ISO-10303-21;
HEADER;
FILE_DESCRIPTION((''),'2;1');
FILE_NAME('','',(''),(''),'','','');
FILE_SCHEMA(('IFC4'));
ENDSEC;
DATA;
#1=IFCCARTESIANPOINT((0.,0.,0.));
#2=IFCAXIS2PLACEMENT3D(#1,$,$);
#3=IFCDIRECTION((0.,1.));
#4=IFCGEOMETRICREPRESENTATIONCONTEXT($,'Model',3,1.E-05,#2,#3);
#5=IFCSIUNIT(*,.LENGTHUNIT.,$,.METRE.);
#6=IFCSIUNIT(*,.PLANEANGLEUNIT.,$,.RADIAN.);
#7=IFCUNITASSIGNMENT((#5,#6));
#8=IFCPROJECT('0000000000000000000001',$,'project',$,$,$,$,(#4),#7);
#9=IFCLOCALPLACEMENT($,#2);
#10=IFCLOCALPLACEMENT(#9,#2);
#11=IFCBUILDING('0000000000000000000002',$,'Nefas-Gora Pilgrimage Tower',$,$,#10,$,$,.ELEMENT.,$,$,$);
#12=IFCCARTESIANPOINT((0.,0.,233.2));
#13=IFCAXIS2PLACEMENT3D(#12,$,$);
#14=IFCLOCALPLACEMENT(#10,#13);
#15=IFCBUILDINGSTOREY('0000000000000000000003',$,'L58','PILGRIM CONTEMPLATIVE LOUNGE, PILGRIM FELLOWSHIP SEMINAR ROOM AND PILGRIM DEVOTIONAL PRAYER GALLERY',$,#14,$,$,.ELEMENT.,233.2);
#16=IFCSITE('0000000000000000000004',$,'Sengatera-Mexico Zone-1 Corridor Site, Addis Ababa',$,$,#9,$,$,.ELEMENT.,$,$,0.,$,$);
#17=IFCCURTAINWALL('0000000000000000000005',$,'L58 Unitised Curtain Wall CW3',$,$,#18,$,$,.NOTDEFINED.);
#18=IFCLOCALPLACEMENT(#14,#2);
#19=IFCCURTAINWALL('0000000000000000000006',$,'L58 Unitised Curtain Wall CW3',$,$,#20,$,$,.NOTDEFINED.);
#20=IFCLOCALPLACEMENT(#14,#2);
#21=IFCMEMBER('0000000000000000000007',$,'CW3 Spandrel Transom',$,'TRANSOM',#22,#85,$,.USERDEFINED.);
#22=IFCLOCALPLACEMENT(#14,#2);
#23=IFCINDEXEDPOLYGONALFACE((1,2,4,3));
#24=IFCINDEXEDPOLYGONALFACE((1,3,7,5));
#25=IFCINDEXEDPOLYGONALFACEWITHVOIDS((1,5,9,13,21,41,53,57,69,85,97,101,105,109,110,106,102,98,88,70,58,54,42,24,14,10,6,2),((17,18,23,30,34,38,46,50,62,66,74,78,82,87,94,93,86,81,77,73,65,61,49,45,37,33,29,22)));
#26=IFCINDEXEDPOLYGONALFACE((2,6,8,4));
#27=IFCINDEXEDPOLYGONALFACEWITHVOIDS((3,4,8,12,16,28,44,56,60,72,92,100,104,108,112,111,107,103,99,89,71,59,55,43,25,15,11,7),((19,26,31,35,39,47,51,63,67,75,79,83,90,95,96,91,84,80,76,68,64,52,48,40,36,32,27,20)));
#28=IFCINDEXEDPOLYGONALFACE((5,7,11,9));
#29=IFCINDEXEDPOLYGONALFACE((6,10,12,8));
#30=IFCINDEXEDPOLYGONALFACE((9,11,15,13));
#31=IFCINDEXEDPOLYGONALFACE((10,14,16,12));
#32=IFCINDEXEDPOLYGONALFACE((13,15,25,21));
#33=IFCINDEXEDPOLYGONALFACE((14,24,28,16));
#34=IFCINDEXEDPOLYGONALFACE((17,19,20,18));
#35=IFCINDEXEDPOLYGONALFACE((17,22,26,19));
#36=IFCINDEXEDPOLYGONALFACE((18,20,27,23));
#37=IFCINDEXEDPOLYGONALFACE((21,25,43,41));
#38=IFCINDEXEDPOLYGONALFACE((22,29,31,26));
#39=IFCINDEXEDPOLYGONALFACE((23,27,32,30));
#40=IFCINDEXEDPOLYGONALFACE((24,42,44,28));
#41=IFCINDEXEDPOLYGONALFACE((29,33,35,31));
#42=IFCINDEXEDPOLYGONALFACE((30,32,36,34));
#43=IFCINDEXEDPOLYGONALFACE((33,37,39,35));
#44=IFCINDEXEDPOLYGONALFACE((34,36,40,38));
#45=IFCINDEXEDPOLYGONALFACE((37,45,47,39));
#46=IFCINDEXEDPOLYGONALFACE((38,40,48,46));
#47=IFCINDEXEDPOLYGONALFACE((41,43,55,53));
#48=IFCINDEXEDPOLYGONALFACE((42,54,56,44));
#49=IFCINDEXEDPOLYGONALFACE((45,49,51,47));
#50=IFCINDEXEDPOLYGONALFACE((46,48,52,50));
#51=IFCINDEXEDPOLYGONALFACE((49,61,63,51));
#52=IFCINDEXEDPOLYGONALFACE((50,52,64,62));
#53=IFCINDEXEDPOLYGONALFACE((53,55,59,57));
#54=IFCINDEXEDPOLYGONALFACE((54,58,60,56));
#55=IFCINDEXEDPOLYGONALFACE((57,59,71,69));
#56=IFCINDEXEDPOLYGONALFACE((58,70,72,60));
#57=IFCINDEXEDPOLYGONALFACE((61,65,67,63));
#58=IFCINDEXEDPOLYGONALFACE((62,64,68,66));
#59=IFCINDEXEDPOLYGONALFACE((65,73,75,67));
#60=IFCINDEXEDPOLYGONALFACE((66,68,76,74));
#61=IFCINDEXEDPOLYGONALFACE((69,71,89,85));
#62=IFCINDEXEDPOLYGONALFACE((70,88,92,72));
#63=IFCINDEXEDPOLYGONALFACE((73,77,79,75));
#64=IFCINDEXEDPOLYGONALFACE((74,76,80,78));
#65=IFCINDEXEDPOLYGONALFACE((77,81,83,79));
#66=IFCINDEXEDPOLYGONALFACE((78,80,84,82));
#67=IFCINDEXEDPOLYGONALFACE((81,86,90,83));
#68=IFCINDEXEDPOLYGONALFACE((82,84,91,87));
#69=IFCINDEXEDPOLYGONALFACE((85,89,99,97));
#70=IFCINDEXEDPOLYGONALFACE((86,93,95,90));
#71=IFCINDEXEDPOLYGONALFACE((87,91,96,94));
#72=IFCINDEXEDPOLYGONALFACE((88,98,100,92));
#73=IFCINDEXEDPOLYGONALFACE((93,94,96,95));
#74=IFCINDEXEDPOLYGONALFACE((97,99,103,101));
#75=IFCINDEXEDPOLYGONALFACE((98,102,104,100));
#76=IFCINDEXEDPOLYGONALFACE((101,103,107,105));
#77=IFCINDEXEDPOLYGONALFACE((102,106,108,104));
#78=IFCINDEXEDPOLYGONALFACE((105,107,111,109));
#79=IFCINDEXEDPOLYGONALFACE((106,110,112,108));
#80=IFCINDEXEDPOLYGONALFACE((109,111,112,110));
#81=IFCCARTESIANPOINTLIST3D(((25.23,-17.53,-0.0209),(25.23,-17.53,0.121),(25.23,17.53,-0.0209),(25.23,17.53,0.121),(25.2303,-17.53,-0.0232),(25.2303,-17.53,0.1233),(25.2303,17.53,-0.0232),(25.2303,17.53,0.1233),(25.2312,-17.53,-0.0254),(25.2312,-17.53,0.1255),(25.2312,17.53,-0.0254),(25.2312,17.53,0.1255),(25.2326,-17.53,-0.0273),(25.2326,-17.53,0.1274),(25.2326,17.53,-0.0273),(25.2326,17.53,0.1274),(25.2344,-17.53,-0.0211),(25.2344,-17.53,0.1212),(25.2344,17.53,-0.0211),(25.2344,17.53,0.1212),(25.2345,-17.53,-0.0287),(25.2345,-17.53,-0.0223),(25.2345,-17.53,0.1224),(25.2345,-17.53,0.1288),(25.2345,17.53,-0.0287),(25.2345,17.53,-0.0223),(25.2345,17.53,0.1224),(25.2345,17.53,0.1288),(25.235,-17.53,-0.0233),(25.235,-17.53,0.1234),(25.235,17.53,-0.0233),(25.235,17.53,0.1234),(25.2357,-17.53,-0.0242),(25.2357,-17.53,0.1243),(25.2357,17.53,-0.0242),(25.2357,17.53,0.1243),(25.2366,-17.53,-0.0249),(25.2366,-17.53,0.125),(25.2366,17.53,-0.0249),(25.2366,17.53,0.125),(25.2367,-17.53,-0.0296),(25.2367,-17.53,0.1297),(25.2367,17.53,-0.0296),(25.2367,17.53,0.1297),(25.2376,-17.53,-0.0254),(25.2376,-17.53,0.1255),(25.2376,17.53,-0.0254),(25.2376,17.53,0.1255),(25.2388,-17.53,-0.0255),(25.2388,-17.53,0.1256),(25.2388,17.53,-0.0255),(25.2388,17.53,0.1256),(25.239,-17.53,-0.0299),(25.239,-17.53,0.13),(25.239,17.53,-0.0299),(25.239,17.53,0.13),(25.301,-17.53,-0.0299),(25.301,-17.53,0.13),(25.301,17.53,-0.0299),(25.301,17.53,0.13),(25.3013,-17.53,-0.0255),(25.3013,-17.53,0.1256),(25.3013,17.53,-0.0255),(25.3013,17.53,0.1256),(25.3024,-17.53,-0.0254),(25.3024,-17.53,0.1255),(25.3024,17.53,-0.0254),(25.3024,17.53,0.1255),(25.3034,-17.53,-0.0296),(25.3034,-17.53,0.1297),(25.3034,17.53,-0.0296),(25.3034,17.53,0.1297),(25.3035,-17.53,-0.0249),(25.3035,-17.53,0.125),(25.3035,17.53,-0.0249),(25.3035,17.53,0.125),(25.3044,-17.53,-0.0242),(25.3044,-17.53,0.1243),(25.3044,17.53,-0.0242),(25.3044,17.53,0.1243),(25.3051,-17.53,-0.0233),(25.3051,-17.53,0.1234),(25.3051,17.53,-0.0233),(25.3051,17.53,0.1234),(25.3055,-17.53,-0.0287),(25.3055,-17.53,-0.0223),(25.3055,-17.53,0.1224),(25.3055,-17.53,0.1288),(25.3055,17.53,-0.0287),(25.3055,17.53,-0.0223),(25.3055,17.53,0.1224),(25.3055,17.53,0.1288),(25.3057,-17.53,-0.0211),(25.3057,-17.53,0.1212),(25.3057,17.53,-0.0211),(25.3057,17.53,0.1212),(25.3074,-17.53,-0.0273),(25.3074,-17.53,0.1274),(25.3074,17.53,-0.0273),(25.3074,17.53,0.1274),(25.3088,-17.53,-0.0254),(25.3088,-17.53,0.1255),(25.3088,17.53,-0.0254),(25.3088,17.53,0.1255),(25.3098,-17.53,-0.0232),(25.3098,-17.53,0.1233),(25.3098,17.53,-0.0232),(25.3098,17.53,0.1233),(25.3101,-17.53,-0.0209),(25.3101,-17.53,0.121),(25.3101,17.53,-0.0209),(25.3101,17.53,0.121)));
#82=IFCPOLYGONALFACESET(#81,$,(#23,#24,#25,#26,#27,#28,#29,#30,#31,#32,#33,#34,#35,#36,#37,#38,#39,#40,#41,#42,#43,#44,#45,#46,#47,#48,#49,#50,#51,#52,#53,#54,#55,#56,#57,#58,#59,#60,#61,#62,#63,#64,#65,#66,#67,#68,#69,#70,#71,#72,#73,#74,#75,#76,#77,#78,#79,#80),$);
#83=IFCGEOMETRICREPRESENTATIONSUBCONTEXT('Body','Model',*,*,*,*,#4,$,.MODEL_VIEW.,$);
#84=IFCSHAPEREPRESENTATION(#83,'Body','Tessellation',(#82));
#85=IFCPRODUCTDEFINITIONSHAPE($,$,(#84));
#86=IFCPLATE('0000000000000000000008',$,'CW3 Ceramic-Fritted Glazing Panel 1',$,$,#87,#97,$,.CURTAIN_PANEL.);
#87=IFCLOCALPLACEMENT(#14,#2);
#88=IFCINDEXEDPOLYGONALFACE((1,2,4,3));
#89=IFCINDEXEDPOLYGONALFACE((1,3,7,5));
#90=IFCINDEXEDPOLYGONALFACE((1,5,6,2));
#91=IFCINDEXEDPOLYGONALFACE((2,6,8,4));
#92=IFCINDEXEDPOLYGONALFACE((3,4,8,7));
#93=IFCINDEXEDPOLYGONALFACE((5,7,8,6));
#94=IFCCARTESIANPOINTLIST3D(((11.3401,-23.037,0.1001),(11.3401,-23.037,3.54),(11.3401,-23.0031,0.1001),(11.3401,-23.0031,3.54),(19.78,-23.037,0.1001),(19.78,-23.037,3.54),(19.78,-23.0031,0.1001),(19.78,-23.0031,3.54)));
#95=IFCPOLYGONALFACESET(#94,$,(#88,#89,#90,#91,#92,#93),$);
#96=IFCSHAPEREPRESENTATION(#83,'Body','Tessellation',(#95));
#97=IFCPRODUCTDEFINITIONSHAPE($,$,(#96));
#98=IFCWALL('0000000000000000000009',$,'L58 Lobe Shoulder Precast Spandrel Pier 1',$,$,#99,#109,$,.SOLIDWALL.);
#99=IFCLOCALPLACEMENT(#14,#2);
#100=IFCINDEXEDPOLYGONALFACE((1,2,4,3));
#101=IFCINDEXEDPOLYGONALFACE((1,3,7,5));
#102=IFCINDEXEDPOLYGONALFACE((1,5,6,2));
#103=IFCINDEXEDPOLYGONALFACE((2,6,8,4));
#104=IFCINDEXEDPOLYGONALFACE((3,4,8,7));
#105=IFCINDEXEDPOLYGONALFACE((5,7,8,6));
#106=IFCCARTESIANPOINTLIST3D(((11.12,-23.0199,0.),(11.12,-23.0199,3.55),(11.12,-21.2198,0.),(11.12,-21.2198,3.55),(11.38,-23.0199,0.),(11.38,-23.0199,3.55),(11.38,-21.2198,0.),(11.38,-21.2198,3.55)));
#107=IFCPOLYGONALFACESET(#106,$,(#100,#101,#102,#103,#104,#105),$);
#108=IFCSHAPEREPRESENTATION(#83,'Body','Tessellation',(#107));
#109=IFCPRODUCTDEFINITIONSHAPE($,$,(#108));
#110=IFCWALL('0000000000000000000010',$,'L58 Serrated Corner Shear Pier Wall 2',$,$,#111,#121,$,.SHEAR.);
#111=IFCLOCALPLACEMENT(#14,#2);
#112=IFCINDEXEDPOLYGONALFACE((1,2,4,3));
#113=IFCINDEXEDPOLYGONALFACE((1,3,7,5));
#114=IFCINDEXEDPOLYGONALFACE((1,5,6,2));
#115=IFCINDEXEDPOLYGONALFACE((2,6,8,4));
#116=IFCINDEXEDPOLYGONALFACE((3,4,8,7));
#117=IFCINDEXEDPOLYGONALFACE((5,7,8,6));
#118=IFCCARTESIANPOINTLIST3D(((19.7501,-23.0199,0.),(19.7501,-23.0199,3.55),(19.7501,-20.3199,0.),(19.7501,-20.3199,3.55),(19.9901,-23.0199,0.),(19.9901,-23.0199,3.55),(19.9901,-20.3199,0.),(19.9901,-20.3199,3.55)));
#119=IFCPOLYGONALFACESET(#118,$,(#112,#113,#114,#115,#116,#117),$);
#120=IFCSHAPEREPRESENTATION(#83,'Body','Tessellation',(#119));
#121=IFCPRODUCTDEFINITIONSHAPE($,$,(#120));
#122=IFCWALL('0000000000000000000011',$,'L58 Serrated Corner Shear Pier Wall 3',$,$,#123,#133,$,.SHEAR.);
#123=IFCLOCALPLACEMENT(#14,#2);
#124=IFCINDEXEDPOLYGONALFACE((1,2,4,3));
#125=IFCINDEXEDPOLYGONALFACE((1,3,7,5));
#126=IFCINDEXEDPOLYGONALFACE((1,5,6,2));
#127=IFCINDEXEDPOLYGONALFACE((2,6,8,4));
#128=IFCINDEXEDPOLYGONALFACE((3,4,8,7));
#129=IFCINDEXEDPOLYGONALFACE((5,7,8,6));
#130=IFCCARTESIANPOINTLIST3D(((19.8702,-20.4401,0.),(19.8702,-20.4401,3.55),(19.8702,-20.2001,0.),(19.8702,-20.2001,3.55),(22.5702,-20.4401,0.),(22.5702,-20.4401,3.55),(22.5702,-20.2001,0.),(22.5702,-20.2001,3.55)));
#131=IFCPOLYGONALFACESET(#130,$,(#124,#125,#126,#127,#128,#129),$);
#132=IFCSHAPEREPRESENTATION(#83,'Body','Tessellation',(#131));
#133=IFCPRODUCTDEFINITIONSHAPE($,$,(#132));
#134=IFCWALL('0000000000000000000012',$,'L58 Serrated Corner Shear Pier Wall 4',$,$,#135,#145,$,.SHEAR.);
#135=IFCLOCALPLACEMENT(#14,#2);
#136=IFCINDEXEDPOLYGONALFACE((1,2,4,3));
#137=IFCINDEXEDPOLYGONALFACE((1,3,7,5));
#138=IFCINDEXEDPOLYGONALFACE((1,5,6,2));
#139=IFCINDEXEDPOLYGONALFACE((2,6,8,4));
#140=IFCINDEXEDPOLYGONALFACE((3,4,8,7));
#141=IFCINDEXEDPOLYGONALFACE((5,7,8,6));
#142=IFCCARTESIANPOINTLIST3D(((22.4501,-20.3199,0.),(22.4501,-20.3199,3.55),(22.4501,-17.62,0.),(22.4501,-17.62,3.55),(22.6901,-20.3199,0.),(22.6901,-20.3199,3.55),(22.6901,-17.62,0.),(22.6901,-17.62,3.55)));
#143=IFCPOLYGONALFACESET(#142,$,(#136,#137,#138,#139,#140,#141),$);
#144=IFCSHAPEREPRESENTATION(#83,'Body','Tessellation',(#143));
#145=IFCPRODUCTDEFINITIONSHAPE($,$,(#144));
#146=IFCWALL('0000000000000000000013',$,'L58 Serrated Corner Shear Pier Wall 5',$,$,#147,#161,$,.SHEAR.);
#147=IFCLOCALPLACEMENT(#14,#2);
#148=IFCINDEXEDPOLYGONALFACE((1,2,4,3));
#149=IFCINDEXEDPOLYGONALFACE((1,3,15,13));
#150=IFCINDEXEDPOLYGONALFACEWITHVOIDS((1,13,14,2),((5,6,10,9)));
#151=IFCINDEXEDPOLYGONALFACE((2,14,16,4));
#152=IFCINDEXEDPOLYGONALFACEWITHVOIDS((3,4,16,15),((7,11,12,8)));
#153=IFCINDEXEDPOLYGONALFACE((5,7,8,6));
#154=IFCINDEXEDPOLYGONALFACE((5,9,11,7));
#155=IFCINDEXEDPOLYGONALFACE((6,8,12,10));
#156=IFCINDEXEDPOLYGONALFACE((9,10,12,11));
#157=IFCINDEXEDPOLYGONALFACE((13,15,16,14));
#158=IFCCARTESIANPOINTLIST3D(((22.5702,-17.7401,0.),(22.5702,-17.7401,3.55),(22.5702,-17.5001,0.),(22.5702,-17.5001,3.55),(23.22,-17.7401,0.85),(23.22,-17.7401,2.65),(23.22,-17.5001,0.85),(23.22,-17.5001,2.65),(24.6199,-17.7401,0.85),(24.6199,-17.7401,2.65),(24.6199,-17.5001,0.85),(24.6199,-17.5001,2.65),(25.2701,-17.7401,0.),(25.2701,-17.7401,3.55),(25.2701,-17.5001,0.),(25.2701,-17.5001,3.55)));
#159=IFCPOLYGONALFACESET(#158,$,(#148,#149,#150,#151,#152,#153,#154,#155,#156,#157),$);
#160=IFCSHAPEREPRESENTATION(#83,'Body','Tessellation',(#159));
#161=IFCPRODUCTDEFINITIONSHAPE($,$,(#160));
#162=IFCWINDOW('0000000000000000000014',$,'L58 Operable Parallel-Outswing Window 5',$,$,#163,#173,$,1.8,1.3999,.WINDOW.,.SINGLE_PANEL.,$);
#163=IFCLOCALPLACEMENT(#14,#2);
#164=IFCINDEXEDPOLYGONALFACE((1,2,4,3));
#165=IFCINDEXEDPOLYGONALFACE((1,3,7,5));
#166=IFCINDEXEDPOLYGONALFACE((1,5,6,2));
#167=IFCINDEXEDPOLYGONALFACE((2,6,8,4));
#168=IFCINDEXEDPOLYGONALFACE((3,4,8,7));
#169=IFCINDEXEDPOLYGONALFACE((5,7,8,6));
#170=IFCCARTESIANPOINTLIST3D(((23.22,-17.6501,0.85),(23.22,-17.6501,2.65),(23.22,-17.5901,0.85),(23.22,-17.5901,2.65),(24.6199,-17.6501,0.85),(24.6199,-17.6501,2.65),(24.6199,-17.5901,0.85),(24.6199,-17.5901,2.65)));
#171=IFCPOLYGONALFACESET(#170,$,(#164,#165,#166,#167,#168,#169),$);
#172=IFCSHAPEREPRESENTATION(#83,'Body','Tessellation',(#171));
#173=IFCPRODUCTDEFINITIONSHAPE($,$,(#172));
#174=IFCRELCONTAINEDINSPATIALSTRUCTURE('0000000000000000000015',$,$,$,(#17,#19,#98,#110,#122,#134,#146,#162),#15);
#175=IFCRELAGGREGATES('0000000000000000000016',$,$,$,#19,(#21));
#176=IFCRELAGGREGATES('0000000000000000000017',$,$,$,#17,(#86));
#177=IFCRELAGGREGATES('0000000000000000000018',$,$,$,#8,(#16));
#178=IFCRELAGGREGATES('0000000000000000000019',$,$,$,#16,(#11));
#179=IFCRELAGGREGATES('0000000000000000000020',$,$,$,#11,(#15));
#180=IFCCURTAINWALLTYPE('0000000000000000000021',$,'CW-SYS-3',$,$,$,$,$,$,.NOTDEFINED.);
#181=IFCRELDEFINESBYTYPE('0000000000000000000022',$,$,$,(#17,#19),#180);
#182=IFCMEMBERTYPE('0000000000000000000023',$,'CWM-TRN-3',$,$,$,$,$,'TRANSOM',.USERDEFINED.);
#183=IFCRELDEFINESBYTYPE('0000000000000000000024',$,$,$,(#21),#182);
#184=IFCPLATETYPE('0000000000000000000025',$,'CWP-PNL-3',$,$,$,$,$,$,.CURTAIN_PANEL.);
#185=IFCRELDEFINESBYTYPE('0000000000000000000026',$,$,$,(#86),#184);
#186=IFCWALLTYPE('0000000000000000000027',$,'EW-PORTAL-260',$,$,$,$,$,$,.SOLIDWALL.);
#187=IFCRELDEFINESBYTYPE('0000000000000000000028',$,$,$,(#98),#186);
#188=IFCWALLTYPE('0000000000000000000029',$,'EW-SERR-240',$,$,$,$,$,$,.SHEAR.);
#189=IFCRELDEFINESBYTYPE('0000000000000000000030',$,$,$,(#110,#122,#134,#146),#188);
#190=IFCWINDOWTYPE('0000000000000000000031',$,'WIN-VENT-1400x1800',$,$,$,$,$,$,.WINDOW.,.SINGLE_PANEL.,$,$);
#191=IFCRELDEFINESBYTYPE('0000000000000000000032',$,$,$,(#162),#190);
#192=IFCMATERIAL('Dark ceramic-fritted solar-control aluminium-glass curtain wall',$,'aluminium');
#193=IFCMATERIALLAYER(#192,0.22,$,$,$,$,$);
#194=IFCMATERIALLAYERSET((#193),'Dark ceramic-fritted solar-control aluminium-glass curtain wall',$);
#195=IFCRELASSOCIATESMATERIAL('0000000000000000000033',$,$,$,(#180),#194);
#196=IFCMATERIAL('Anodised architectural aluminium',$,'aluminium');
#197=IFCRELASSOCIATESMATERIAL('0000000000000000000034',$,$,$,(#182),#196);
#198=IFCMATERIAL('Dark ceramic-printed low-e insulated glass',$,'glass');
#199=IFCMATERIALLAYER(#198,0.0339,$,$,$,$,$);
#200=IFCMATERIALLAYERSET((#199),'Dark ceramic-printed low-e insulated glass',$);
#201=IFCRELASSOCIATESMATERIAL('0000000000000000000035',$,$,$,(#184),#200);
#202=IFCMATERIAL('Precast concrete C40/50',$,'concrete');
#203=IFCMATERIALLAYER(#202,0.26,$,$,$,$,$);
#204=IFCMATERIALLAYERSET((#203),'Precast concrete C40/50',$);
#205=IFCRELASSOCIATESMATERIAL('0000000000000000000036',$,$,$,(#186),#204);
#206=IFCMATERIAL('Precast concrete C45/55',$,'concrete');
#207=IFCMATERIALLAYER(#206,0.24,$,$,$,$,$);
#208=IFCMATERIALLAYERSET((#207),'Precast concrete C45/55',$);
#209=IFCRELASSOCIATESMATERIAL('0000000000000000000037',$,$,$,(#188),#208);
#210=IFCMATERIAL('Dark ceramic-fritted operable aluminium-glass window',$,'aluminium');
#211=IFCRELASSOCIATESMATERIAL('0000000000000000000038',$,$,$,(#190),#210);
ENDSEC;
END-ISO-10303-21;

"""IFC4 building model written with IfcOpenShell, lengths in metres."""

from ifc_helpers import new_model, si_unit, direction, frame, frame_2d, origin, origin_2d, place, context, subcontext, project, spatial, rectangle, hollow_rectangle, extrude, source, transform, mapped, material, layer, layer_set, material_profile, profile_set, type_object, element, fill, aggregate, save


model = new_model("IFC4")

# Units and contexts
model_context = context("Model", 3, precision=1e-05, world=origin(), true_north=direction((0.0, 1.0)))
body_context = subcontext(model_context, "Body", "Model", "MODEL_VIEW")
ifc_project = project(units=[si_unit("LENGTHUNIT", "METRE"), si_unit("PLANEANGLEUNIT", "RADIAN")], contexts=[model_context])

# Site, building, storey
site_placement = place(None, origin())
site = spatial("IfcSite", under=ifc_project, at=site_placement, Name="Sengatera-Mexico Zone-1 Corridor Site, Addis Ababa", CompositionType="ELEMENT", RefElevation=0.0)
building_placement = place(site_placement, origin())
building = spatial("IfcBuilding", under=site, at=building_placement, Name="Nefas-Gora Pilgrimage Tower", CompositionType="ELEMENT")
storey_placement = place(building_placement, frame((0.0, 0.0, 233.2)))
storey = spatial("IfcBuildingStorey", under=building, at=storey_placement, Name="L58", Description="PILGRIM CONTEMPLATIVE LOUNGE, PILGRIM FELLOWSHIP SEMINAR ROOM AND PILGRIM DEVOTIONAL PRAYER GALLERY", CompositionType="ELEMENT", Elevation=233.2)

# Curtain wall
ifc_material_1 = material(Name="Dark ceramic-fritted solar-control aluminium-glass curtain wall", Category="aluminium")
ifc_layer_1 = layer(ifc_material_1, 0.22)
ifc_layer_set_1 = layer_set([ifc_layer_1], Name="Dark ceramic-fritted solar-control aluminium-glass curtain wall")
curtain_wall_type = type_object("IfcCurtainWallType", Name="CW-SYS-3", PredefinedType="NOTDEFINED", material=ifc_layer_set_1)
curtain_wall_1_placement = place(storey_placement, origin())
curtain_wall_1 = element("IfcCurtainWall", 1, at=curtain_wall_1_placement, inside=storey, type_object=curtain_wall_type, Name="L58 Unitised Curtain Wall CW3", PredefinedType="NOTDEFINED")
ifc_material_2 = material(Name="Anodised architectural aluminium", Category="aluminium")

# Curtain wall
curtain_wall_2_placement = place(storey_placement, origin())
curtain_wall_2 = element("IfcCurtainWall", 2, at=curtain_wall_2_placement, inside=storey, type_object=curtain_wall_type, Name="L58 Unitised Curtain Wall CW3", PredefinedType="NOTDEFINED")

# Member
ifc_material_profile_1 = material_profile(ifc_material_2, hollow_rectangle(XDim=0.0801, YDim=0.1599, WallThickness=0.0044, InnerFilletRadius=0.0044, OuterFilletRadius=0.009, at=origin_2d()), Name="ALU TRANSOM 80x160")
ifc_profile_set_1 = profile_set([ifc_material_profile_1], Name="Anodised architectural aluminium")
member_type_1 = type_object("IfcMemberType", Name="CWM-TRN-3", ElementType="TRANSOM", PredefinedType="USERDEFINED", material=ifc_profile_set_1)
shared_shape_1 = source(origin(), body_context, "Body", "SweptSolid", [
    extrude(hollow_rectangle(XDim=0.0801, YDim=0.1599, WallThickness=0.0044, InnerFilletRadius=0.0044, OuterFilletRadius=0.009, at=origin_2d()), origin(), (0.0, 0.0, 1.0), 35.0601),
])
member_1_placement = place(storey_placement, frame((25.27, -17.53, 0.05), z_axis=(0.0, 1.0, 0.0), x_axis=(-1.0, 0.0, 0.0)))
member_1 = element("IfcMember", 3, at=member_1_placement, type_object=member_type_1, Name="CW3 Spandrel Transom", ObjectType="TRANSOM", PredefinedType="USERDEFINED", context=body_context, shape_type="MappedRepresentation", body=[
    mapped(shared_shape_1, transform((0.0, 0.0, 0.0), x_axis=(1.0, 0.0, 0.0), y_axis=(0.0, 1.0, 0.0), z_axis=(0.0, 0.0, 1.0), scale=1.0)),
])
aggregate(curtain_wall_2, [member_1])

# Plate
ifc_material_3 = material(Name="Dark ceramic-printed low-e insulated glass", Category="glass")
ifc_layer_2 = layer(ifc_material_3, 0.0339)
ifc_layer_set_2 = layer_set([ifc_layer_2], Name="Dark ceramic-printed low-e insulated glass")
plate_type = type_object("IfcPlateType", Name="CWP-PNL-3", PredefinedType="CURTAIN_PANEL", material=ifc_layer_set_2)
shared_shape_2 = source(origin(), body_context, "Body", "SweptSolid", [
    extrude(rectangle(XDim=8.4399, YDim=0.0339, at=origin_2d()), origin(), (0.0, 0.0, 1.0), 3.4399),
])
plate_placement = place(storey_placement, frame((15.5601, -23.02, 0.1001), z_axis=(0.0, 0.0, 1.0), x_axis=(1.0, 0.0, 0.0)))
plate = element("IfcPlate", 4, at=plate_placement, type_object=plate_type, Name="CW3 Ceramic-Fritted Glazing Panel 1", PredefinedType="CURTAIN_PANEL", context=body_context, shape_type="MappedRepresentation", body=[
    mapped(shared_shape_2, transform((0.0, 0.0, 0.0), x_axis=(1.0, 0.0, 0.0), y_axis=(0.0, 1.0, 0.0), z_axis=(0.0, 0.0, 1.0), scale=1.0)),
])
aggregate(curtain_wall_1, [plate])

# Walls
ifc_material_4 = material(Name="Precast concrete C40/50", Category="concrete")
ifc_layer_3 = layer(ifc_material_4, 0.26)
ifc_layer_set_3 = layer_set([ifc_layer_3], Name="Precast concrete C40/50")
wall_type_1 = type_object("IfcWallType", Name="EW-PORTAL-260", PredefinedType="SOLIDWALL", material=ifc_layer_set_3)
shared_shape_3 = source(origin(), body_context, "Body", "SweptSolid", [
    extrude(rectangle(XDim=1.8, YDim=0.26, at=frame_2d((0.8999, 0.0))), origin(), (0.0, 0.0, 1.0), 3.55),
])
wall_1_placement = place(storey_placement, frame((11.25, -21.22, 0.0), z_axis=(0.0, 0.0, 1.0), x_axis=(0.0, -1.0, 0.0)))
element("IfcWall", 5, at=wall_1_placement, inside=storey, type_object=wall_type_1, Name="L58 Lobe Shoulder Precast Spandrel Pier 1", PredefinedType="SOLIDWALL", context=body_context, shape_type="MappedRepresentation", body=[
    mapped(shared_shape_3, transform((0.0, 0.0, 0.0), x_axis=(1.0, 0.0, 0.0), y_axis=(0.0, 1.0, 0.0), z_axis=(0.0, 0.0, 1.0), scale=1.0)),
])
ifc_material_5 = material(Name="Precast concrete C45/55", Category="concrete")
ifc_layer_4 = layer(ifc_material_5, 0.24)
ifc_layer_set_4 = layer_set([ifc_layer_4], Name="Precast concrete C45/55")
wall_type_2 = type_object("IfcWallType", Name="EW-SERR-240", PredefinedType="SHEAR", material=ifc_layer_set_4)
shared_shape_4 = source(origin(), body_context, "Body", "SweptSolid", [
    extrude(rectangle(XDim=2.7, YDim=0.24, at=frame_2d((1.3501, 0.0))), origin(), (0.0, 0.0, 1.0), 3.55),
])
for number, where, z_axis, x_axis, name in (
    (6, (19.8701, -23.02, 0.0), (0.0, 0.0, 1.0), (0.0, 1.0, 0.0), "L58 Serrated Corner Shear Pier Wall 2"),
    (7, (19.8701, -20.3201, 0.0), (0.0, 0.0, 1.0), (1.0, 0.0, 0.0), "L58 Serrated Corner Shear Pier Wall 3"),
    (8, (22.5701, -20.3201, 0.0), (0.0, 0.0, 1.0), (0.0, 1.0, 0.0), "L58 Serrated Corner Shear Pier Wall 4"),
):
    element("IfcWall", number, at=place(storey_placement, frame(where, z_axis=z_axis, x_axis=x_axis)), inside=storey, type_object=wall_type_2, Name=name, PredefinedType="SHEAR", context=body_context, shape_type="MappedRepresentation", body=[
        mapped(shared_shape_4, transform((0.0, 0.0, 0.0), x_axis=(1.0, 0.0, 0.0), y_axis=(0.0, 1.0, 0.0), z_axis=(0.0, 0.0, 1.0), scale=1.0)),
    ])

# Wall, opening, window
wall_2_placement = place(storey_placement, frame((22.5701, -17.6201, 0.0), z_axis=(0.0, 0.0, 1.0), x_axis=(1.0, 0.0, 0.0)))
wall_2 = element("IfcWall", 9, at=wall_2_placement, inside=storey, type_object=wall_type_2, Name="L58 Serrated Corner Shear Pier Wall 5", PredefinedType="SHEAR", context=body_context, shape_type="MappedRepresentation", body=[
    mapped(shared_shape_4, transform((0.0, 0.0, 0.0), x_axis=(1.0, 0.0, 0.0), y_axis=(0.0, 1.0, 0.0), z_axis=(0.0, 0.0, 1.0), scale=1.0)),
])
opening_1_placement = place(wall_2_placement, frame((0.6499, 0.0, 0.8501)))
opening_1 = element("IfcOpeningElement", 10, at=opening_1_placement, cuts=wall_2, PredefinedType="OPENING", context=body_context, shape_type="SweptSolid", body=[
    extrude(rectangle(XDim=1.3999, YDim=1.8, at=frame_2d((0.7, 0.8999))), frame((0.0, 0.1299, 0.0), z_axis=(0.0, -1.0, 0.0), x_axis=(1.0, 0.0, 0.0)), (0.0, 0.0, 1.0), 0.26),
])
ifc_material_6 = material(Name="Dark ceramic-fritted operable aluminium-glass window", Category="aluminium")
window_type = type_object("IfcWindowType", Name="WIN-VENT-1400x1800", PartitioningType="SINGLE_PANEL", PredefinedType="WINDOW", material=ifc_material_6)
shared_shape_5 = source(origin(), body_context, "Body", "SweptSolid", [
    extrude(rectangle(XDim=1.3999, YDim=1.8, at=frame_2d((0.7, 0.8999))), frame((0.0, 0.03, 0.0), z_axis=(0.0, -1.0, 0.0), x_axis=(1.0, 0.0, 0.0)), (0.0, 0.0, 1.0), 0.0601),
])
window_placement = place(opening_1_placement, origin())
window = element("IfcWindow", 11, at=window_placement, inside=storey, type_object=window_type, Name="L58 Operable Parallel-Outswing Window 5", OverallHeight=1.8, OverallWidth=1.3999, PartitioningType="SINGLE_PANEL", PredefinedType="WINDOW", context=body_context, shape_type="MappedRepresentation", body=[
    mapped(shared_shape_5, transform((0.0, 0.0, 0.0), x_axis=(1.0, 0.0, 0.0), y_axis=(0.0, 1.0, 0.0), z_axis=(0.0, 0.0, 1.0), scale=1.0)),
])
fill(opening_1, window)

save(model, "model.ifc")
